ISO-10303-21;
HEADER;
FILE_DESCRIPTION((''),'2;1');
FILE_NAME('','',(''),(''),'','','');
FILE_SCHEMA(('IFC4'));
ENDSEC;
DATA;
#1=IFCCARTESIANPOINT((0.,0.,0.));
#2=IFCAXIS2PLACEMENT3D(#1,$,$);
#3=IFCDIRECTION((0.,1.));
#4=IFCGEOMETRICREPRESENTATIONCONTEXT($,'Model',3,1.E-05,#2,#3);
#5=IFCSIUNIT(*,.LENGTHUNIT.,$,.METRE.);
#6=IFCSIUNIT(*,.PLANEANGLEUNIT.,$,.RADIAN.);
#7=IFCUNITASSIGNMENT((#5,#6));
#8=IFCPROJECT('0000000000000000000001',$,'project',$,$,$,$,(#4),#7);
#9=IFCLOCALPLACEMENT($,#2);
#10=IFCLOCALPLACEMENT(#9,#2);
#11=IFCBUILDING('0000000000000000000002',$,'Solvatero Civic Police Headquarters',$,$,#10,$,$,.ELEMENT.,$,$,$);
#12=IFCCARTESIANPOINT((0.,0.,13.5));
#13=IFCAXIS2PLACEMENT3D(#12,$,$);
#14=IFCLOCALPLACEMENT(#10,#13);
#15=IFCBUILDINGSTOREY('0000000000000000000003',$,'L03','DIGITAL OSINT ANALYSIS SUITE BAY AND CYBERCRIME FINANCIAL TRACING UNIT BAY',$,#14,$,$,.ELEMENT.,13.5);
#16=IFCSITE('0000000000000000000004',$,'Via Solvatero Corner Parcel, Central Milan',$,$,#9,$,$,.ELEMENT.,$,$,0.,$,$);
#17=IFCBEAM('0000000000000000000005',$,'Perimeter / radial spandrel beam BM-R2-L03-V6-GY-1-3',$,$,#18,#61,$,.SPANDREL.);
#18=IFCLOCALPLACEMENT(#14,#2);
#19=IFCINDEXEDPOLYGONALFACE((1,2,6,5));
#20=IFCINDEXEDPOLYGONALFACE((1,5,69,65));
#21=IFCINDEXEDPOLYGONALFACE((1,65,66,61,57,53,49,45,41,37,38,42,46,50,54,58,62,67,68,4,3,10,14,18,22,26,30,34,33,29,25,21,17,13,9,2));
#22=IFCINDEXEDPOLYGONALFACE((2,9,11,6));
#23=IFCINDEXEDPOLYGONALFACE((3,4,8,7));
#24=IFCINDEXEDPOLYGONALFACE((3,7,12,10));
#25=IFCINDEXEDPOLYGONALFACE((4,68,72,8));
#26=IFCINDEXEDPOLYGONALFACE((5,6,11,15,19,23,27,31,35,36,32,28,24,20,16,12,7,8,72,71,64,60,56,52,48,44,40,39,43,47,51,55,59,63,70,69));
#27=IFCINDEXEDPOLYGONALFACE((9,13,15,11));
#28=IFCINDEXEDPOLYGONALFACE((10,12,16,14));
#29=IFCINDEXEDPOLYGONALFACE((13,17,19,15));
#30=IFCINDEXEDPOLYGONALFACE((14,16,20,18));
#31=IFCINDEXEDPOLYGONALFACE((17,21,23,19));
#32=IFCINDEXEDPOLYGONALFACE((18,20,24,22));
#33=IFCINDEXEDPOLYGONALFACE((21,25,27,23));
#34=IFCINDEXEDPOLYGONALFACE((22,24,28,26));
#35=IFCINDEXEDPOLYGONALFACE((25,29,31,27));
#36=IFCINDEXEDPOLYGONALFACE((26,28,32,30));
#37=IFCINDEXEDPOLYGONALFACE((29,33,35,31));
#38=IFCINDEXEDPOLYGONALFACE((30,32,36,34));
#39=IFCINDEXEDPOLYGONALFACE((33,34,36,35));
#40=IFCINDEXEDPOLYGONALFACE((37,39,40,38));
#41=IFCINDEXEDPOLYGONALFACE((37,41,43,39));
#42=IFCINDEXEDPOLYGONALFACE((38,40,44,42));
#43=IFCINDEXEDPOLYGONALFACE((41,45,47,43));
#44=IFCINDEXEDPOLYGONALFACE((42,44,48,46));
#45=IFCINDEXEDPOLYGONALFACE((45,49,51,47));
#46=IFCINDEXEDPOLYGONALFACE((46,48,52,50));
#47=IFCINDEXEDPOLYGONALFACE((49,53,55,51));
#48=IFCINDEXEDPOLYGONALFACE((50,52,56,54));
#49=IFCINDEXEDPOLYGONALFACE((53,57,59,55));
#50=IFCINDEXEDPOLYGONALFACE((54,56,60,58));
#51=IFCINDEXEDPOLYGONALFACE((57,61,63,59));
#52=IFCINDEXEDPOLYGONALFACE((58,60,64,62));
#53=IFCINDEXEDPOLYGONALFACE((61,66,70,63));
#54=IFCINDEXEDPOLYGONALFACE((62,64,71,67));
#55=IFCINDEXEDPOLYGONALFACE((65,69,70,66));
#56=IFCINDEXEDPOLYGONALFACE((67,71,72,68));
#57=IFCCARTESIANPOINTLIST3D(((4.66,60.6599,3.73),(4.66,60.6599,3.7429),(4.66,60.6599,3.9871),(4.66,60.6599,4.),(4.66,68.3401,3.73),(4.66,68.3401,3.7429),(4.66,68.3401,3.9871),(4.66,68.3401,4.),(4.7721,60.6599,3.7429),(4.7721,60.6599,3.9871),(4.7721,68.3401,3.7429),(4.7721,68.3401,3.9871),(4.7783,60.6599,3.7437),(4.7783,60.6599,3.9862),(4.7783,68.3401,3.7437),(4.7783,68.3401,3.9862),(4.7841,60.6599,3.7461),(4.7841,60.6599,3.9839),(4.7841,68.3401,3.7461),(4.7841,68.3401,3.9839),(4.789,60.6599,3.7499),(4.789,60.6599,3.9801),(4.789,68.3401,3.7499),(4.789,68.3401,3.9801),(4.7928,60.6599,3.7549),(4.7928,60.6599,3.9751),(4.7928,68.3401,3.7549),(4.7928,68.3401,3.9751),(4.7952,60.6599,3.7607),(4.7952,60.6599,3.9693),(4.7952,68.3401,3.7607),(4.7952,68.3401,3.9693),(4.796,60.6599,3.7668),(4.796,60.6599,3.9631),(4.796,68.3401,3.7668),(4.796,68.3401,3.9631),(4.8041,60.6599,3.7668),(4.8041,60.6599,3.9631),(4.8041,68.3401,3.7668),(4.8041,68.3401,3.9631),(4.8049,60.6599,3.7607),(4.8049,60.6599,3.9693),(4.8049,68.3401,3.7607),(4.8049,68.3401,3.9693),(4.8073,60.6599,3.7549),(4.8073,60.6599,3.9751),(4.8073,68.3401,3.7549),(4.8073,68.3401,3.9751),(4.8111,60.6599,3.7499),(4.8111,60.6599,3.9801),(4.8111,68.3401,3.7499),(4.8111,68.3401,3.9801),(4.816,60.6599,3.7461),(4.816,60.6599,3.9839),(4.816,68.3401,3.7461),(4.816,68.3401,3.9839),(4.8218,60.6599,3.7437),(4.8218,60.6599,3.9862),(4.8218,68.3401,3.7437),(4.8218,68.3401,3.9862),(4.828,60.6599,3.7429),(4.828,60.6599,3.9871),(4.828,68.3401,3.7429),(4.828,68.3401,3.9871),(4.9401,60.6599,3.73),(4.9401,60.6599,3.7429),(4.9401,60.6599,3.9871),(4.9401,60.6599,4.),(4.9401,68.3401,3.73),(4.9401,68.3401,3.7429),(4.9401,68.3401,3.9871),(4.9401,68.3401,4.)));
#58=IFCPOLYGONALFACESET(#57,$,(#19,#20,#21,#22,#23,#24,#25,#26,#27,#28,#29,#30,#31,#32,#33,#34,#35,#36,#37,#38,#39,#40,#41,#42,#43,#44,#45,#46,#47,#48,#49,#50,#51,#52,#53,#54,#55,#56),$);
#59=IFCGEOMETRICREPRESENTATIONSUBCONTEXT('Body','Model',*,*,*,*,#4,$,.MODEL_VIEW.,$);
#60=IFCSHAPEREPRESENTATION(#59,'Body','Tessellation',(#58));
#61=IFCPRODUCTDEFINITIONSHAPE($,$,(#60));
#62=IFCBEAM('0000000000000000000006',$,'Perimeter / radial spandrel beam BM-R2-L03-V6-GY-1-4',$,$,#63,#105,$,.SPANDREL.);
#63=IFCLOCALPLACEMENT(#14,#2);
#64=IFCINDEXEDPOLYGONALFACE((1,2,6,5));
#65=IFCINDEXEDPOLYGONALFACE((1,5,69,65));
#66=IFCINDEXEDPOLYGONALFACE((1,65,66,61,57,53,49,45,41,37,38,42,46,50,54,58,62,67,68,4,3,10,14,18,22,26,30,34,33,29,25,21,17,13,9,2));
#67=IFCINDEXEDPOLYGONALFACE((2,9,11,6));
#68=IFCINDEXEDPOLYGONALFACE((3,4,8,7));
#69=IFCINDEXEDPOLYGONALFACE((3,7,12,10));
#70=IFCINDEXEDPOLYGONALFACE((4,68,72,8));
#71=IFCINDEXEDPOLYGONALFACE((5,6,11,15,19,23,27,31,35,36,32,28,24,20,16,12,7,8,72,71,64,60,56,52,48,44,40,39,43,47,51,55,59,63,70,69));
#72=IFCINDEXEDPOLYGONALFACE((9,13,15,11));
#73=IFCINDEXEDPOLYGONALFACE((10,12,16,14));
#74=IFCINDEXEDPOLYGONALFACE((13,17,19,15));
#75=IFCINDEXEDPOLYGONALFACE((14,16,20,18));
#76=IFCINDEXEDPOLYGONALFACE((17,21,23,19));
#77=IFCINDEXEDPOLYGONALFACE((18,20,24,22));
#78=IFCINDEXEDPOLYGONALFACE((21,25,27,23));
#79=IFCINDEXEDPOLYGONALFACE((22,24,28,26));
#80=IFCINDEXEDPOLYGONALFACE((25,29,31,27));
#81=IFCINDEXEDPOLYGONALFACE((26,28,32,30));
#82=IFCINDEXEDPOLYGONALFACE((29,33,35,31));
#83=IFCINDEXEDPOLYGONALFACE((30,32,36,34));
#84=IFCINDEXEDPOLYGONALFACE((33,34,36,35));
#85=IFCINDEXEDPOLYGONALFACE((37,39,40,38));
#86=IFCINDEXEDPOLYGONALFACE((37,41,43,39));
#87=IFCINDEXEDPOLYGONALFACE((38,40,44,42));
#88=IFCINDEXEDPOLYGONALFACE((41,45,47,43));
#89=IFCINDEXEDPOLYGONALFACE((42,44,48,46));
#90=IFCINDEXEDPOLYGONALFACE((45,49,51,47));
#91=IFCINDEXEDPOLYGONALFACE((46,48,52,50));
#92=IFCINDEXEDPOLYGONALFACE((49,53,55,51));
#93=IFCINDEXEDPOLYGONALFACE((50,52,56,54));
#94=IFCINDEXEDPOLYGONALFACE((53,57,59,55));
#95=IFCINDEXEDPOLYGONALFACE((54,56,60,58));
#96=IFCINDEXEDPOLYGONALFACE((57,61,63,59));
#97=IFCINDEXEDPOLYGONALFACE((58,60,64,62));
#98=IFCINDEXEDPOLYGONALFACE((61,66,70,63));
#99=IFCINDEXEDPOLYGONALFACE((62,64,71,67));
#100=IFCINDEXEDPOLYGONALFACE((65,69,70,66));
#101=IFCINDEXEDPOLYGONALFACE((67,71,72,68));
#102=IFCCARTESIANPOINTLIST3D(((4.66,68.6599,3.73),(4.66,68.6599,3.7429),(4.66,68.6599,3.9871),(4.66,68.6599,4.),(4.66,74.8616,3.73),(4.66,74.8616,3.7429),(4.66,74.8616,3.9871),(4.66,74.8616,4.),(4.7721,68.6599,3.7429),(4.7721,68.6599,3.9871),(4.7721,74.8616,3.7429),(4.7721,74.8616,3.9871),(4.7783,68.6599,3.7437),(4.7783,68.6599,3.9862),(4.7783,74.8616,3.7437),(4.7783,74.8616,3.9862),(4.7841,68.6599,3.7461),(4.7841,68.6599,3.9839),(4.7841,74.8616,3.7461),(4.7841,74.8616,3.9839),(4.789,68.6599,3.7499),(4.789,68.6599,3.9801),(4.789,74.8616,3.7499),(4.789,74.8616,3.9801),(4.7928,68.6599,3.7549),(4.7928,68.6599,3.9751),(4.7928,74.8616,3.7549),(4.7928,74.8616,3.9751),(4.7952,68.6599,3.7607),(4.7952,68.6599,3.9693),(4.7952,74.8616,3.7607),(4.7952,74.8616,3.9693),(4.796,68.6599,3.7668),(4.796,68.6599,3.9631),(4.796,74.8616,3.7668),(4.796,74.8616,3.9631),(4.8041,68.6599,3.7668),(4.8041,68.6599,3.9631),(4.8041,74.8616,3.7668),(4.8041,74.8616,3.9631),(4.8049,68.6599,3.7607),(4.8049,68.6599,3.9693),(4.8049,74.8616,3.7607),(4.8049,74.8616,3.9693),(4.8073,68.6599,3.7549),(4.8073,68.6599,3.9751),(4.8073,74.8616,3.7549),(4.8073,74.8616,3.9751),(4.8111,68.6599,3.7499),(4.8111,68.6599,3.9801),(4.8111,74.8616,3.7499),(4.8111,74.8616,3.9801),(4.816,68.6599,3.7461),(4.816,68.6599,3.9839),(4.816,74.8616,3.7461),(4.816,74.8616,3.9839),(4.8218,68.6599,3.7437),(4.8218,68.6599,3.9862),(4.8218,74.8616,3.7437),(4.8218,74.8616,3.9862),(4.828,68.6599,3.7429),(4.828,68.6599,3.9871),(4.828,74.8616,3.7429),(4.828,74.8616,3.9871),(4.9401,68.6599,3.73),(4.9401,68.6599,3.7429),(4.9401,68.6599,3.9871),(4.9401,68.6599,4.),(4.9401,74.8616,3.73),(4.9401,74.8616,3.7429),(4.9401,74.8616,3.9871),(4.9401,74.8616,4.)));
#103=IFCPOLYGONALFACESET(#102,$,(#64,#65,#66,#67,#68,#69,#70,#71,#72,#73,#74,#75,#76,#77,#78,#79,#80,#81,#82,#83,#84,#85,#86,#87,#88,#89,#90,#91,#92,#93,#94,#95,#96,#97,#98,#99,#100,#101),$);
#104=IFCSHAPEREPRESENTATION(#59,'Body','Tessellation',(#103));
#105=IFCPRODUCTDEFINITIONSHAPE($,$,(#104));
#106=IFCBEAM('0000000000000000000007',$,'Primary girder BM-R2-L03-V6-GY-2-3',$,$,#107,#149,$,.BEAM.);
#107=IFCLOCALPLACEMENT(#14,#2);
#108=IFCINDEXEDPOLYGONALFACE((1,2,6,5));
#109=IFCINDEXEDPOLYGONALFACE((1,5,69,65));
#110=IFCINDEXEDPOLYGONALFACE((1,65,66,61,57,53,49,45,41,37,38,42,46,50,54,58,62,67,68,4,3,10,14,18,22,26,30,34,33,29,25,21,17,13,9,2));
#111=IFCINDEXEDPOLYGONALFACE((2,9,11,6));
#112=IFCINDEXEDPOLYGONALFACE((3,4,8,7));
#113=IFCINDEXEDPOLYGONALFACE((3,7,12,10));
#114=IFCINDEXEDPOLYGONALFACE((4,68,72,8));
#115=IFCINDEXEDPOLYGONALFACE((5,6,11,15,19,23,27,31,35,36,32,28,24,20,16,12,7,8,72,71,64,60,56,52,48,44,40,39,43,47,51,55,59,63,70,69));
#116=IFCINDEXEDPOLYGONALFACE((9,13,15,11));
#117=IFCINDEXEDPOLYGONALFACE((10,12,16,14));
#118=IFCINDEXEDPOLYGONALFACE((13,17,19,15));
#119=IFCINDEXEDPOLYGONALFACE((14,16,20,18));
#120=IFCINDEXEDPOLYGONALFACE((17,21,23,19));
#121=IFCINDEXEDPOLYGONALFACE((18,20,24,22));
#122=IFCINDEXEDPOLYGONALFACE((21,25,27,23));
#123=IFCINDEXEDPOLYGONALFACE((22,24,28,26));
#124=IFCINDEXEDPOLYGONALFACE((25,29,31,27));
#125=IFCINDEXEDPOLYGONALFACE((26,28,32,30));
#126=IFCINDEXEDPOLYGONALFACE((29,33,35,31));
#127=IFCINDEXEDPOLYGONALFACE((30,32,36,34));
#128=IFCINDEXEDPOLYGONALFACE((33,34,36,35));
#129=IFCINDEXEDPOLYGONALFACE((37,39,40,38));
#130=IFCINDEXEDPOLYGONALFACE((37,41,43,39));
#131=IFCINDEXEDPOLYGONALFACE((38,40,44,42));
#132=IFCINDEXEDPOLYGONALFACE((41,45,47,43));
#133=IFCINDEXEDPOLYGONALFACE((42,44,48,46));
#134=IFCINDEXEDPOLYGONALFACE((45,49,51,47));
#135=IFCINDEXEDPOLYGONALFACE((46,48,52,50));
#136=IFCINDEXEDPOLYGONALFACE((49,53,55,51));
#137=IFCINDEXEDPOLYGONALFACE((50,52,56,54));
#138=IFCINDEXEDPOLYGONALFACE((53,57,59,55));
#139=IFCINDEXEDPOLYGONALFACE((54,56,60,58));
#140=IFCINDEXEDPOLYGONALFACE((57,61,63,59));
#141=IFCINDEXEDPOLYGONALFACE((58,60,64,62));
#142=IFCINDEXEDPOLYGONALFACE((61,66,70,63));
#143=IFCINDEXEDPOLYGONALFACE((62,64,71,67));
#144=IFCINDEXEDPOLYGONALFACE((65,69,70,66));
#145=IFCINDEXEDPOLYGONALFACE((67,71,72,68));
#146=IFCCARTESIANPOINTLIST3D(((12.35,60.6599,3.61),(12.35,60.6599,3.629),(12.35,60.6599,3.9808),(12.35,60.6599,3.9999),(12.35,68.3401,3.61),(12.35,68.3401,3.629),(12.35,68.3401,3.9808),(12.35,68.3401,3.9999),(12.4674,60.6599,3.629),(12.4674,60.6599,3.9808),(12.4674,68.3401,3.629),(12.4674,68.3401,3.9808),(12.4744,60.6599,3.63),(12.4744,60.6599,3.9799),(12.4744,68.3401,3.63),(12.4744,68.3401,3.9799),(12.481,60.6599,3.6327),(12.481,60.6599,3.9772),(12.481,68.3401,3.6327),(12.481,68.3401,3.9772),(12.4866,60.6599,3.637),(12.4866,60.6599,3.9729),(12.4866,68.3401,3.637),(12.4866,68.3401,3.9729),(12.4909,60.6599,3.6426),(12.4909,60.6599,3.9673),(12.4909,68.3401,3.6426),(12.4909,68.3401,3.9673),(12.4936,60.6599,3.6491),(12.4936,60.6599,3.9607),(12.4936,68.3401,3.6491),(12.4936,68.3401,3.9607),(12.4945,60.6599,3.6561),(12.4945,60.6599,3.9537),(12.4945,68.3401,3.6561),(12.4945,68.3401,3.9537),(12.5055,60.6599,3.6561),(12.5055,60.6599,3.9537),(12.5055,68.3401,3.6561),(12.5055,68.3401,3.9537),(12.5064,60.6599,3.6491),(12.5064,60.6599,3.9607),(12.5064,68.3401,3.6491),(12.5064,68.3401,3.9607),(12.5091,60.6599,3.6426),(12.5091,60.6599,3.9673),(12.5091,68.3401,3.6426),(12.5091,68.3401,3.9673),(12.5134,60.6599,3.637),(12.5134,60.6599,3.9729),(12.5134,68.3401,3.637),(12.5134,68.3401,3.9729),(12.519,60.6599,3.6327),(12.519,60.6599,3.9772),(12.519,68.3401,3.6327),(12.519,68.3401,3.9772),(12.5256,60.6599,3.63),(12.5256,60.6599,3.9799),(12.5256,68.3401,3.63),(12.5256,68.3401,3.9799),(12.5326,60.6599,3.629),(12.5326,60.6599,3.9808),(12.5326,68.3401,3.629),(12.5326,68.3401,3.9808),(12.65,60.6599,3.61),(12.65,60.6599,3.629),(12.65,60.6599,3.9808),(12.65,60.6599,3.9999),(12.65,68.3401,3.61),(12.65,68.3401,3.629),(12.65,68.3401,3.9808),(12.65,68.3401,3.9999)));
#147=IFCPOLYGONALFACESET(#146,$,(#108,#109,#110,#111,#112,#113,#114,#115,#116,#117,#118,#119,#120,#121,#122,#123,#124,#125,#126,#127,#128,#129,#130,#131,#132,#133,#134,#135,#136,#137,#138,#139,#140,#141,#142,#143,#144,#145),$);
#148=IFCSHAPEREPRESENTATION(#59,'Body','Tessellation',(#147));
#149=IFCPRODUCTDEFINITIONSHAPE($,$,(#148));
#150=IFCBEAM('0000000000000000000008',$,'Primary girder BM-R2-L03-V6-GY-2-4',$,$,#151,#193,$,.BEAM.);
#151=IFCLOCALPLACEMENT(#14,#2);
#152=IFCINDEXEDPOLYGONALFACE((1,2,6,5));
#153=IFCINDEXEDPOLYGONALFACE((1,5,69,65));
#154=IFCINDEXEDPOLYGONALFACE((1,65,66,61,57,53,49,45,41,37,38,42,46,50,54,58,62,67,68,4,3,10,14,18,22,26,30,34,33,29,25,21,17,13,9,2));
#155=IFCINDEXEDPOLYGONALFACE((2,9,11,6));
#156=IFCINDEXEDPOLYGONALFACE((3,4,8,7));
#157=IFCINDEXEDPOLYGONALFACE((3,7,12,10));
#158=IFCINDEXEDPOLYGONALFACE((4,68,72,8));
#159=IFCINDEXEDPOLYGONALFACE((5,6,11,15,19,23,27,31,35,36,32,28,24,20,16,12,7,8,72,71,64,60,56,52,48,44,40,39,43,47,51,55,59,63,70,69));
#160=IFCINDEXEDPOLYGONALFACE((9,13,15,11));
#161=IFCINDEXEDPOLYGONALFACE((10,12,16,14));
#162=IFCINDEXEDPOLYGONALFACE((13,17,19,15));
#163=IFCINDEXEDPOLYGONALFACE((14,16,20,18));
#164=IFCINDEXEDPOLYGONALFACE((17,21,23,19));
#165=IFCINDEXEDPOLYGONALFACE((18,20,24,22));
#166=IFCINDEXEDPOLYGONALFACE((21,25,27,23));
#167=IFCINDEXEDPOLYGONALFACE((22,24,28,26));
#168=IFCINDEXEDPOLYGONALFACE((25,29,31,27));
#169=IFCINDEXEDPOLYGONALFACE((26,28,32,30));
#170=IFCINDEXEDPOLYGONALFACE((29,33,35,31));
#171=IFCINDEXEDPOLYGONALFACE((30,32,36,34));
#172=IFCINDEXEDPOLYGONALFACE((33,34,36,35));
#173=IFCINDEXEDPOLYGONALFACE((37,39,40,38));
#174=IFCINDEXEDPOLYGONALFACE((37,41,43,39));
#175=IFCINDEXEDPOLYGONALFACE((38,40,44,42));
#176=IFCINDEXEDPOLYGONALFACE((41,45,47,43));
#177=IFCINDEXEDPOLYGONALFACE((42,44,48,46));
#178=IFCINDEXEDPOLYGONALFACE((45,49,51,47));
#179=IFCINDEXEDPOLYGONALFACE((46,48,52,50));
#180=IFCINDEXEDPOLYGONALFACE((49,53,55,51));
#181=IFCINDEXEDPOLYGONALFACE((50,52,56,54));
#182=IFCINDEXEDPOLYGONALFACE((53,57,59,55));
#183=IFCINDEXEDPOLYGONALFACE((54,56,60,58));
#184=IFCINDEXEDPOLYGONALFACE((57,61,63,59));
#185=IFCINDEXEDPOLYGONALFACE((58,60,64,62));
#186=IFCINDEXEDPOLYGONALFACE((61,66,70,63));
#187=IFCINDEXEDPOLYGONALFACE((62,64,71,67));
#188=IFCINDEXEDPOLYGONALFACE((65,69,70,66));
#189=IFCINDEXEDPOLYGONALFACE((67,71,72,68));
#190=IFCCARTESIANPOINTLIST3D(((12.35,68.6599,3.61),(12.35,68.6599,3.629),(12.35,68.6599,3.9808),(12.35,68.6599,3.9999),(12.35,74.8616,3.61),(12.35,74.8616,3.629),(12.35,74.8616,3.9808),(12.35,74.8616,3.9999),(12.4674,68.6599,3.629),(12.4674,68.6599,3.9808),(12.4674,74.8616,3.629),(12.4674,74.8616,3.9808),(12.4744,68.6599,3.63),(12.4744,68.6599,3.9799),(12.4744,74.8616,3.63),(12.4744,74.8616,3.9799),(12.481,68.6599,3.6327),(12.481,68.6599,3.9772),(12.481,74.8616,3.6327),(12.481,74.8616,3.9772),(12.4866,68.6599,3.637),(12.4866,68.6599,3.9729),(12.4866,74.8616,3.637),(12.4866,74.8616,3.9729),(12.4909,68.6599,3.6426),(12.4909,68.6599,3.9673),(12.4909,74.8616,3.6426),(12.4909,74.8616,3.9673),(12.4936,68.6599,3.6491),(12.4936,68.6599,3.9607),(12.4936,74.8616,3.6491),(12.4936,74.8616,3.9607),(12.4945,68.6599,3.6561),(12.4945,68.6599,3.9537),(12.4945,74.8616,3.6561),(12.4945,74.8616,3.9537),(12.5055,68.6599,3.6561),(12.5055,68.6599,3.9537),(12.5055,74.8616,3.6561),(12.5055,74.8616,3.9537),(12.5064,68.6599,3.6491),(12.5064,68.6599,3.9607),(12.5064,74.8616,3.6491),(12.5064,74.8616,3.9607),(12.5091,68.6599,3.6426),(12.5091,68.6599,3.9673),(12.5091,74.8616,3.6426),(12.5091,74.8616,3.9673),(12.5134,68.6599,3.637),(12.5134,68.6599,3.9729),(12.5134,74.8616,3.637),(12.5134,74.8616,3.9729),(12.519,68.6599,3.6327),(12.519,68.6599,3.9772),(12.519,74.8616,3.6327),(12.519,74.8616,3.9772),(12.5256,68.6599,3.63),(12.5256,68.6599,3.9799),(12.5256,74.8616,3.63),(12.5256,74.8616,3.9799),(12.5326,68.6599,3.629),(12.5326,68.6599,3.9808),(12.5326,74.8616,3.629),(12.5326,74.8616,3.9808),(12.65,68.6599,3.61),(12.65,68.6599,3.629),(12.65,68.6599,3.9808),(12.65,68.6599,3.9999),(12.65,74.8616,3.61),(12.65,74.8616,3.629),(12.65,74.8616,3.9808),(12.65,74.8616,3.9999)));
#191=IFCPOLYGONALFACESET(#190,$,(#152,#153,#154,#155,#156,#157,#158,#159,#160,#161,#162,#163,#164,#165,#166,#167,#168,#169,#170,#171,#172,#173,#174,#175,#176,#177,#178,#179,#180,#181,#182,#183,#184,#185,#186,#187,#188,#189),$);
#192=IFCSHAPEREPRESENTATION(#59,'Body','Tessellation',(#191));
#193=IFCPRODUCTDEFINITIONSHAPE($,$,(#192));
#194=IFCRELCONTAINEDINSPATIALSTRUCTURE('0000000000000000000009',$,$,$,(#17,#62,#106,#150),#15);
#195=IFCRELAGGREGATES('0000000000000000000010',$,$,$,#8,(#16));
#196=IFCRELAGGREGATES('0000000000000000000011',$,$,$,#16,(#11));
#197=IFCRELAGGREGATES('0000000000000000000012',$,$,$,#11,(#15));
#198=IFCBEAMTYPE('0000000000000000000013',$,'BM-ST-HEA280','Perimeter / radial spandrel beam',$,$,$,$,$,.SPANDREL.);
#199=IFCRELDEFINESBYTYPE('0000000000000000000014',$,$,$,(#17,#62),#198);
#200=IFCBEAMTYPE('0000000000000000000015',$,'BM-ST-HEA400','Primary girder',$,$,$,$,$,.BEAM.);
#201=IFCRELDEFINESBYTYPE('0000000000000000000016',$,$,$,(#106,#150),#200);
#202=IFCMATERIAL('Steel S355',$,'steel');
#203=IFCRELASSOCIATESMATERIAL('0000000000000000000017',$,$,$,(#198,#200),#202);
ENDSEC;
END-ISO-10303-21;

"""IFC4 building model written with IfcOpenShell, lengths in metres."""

from ifc_helpers import new_model, si_unit, direction, frame, origin, origin_2d, place, context, subcontext, project, spatial, i_section, extrude, material, material_profile, profile_set, type_object, element, save


model = new_model("IFC4")

# Units and contexts
model_context = context("Model", 3, precision=1e-05, world=origin(), true_north=direction((0.0, 1.0)))
body_context = subcontext(model_context, "Body", "Model", "MODEL_VIEW")
ifc_project = project(units=[si_unit("LENGTHUNIT", "METRE"), si_unit("PLANEANGLEUNIT", "RADIAN")], contexts=[model_context])

# Site, building, storey
site_placement = place(None, origin())
site = spatial("IfcSite", under=ifc_project, at=site_placement, Name="Via Solvatero Corner Parcel, Central Milan", CompositionType="ELEMENT", RefElevation=0.0)
building_placement = place(site_placement, origin())
building = spatial("IfcBuilding", under=site, at=building_placement, Name="Solvatero Civic Police Headquarters", CompositionType="ELEMENT")
storey_placement = place(building_placement, frame((0.0, 0.0, 13.5)))
storey = spatial("IfcBuildingStorey", under=building, at=storey_placement, Name="L03", Description="DIGITAL OSINT ANALYSIS SUITE BAY AND CYBERCRIME FINANCIAL TRACING UNIT BAY", CompositionType="ELEMENT", Elevation=13.5)

# Shared definitions
ifc_material_1 = material(Name="Steel S355", Category="steel")

# Beams
ifc_material_profile_1 = material_profile(ifc_material_1, i_section(OverallWidth=0.28, OverallDepth=0.27, WebThickness=0.0081, FlangeThickness=0.0129, FilletRadius=0.0239, at=origin_2d()), Name="HEA 280")
ifc_profile_set_1 = profile_set([ifc_material_profile_1], Name="Steel S355")
beam_type_1 = type_object("IfcBeamType", Name="BM-ST-HEA280", Description="Perimeter / radial spandrel beam", PredefinedType="SPANDREL", material=ifc_profile_set_1)
beam_1_placement = place(storey_placement, frame((4.8, 60.6599, 3.865), z_axis=(0.0, 1.0, 0.0), x_axis=(-1.0, 0.0, 0.0)))
element("IfcBeam", 1, at=beam_1_placement, inside=storey, type_object=beam_type_1, Name="Perimeter / radial spandrel beam BM-R2-L03-V6-GY-1-3", PredefinedType="SPANDREL", context=body_context, shape_type="SweptSolid", body=[
    extrude(i_section(OverallWidth=0.28, OverallDepth=0.27, WebThickness=0.0081, FlangeThickness=0.0129, FilletRadius=0.0239, at=origin_2d()), origin(), (0.0, 0.0, 1.0), 7.6802),
])
beam_2_placement = place(storey_placement, frame((4.8, 68.6599, 3.865), z_axis=(0.0, 1.0, 0.0), x_axis=(-1.0, 0.0, 0.0)))
element("IfcBeam", 2, at=beam_2_placement, inside=storey, type_object=beam_type_1, Name="Perimeter / radial spandrel beam BM-R2-L03-V6-GY-1-4", PredefinedType="SPANDREL", context=body_context, shape_type="SweptSolid", body=[
    extrude(i_section(OverallWidth=0.28, OverallDepth=0.27, WebThickness=0.0081, FlangeThickness=0.0129, FilletRadius=0.0239, at=origin_2d()), origin(), (0.0, 0.0, 1.0), 6.2017),
])
ifc_material_profile_2 = material_profile(ifc_material_1, i_section(OverallWidth=0.3, OverallDepth=0.3899, WebThickness=0.011, FlangeThickness=0.019, FilletRadius=0.0271, at=origin_2d()), Name="HEA 400")
ifc_profile_set_2 = profile_set([ifc_material_profile_2], Name="Steel S355")
beam_type_2 = type_object("IfcBeamType", Name="BM-ST-HEA400", Description="Primary girder", PredefinedType="BEAM", material=ifc_profile_set_2)
beam_3_placement = place(storey_placement, frame((12.5, 60.6599, 3.8049), z_axis=(0.0, 1.0, 0.0), x_axis=(-1.0, 0.0, 0.0)))
element("IfcBeam", 3, at=beam_3_placement, inside=storey, type_object=beam_type_2, Name="Primary girder BM-R2-L03-V6-GY-2-3", PredefinedType="BEAM", context=body_context, shape_type="SweptSolid", body=[
    extrude(i_section(OverallWidth=0.3, OverallDepth=0.3899, WebThickness=0.011, FlangeThickness=0.019, FilletRadius=0.0271, at=origin_2d()), origin(), (0.0, 0.0, 1.0), 7.6802),
])
beam_4_placement = place(storey_placement, frame((12.5, 68.6599, 3.8049), z_axis=(0.0, 1.0, 0.0), x_axis=(-1.0, 0.0, 0.0)))
element("IfcBeam", 4, at=beam_4_placement, inside=storey, type_object=beam_type_2, Name="Primary girder BM-R2-L03-V6-GY-2-4", PredefinedType="BEAM", context=body_context, shape_type="SweptSolid", body=[
    extrude(i_section(OverallWidth=0.3, OverallDepth=0.3899, WebThickness=0.011, FlangeThickness=0.019, FilletRadius=0.0271, at=origin_2d()), origin(), (0.0, 0.0, 1.0), 6.2017),
])

save(model, "model.ifc")
